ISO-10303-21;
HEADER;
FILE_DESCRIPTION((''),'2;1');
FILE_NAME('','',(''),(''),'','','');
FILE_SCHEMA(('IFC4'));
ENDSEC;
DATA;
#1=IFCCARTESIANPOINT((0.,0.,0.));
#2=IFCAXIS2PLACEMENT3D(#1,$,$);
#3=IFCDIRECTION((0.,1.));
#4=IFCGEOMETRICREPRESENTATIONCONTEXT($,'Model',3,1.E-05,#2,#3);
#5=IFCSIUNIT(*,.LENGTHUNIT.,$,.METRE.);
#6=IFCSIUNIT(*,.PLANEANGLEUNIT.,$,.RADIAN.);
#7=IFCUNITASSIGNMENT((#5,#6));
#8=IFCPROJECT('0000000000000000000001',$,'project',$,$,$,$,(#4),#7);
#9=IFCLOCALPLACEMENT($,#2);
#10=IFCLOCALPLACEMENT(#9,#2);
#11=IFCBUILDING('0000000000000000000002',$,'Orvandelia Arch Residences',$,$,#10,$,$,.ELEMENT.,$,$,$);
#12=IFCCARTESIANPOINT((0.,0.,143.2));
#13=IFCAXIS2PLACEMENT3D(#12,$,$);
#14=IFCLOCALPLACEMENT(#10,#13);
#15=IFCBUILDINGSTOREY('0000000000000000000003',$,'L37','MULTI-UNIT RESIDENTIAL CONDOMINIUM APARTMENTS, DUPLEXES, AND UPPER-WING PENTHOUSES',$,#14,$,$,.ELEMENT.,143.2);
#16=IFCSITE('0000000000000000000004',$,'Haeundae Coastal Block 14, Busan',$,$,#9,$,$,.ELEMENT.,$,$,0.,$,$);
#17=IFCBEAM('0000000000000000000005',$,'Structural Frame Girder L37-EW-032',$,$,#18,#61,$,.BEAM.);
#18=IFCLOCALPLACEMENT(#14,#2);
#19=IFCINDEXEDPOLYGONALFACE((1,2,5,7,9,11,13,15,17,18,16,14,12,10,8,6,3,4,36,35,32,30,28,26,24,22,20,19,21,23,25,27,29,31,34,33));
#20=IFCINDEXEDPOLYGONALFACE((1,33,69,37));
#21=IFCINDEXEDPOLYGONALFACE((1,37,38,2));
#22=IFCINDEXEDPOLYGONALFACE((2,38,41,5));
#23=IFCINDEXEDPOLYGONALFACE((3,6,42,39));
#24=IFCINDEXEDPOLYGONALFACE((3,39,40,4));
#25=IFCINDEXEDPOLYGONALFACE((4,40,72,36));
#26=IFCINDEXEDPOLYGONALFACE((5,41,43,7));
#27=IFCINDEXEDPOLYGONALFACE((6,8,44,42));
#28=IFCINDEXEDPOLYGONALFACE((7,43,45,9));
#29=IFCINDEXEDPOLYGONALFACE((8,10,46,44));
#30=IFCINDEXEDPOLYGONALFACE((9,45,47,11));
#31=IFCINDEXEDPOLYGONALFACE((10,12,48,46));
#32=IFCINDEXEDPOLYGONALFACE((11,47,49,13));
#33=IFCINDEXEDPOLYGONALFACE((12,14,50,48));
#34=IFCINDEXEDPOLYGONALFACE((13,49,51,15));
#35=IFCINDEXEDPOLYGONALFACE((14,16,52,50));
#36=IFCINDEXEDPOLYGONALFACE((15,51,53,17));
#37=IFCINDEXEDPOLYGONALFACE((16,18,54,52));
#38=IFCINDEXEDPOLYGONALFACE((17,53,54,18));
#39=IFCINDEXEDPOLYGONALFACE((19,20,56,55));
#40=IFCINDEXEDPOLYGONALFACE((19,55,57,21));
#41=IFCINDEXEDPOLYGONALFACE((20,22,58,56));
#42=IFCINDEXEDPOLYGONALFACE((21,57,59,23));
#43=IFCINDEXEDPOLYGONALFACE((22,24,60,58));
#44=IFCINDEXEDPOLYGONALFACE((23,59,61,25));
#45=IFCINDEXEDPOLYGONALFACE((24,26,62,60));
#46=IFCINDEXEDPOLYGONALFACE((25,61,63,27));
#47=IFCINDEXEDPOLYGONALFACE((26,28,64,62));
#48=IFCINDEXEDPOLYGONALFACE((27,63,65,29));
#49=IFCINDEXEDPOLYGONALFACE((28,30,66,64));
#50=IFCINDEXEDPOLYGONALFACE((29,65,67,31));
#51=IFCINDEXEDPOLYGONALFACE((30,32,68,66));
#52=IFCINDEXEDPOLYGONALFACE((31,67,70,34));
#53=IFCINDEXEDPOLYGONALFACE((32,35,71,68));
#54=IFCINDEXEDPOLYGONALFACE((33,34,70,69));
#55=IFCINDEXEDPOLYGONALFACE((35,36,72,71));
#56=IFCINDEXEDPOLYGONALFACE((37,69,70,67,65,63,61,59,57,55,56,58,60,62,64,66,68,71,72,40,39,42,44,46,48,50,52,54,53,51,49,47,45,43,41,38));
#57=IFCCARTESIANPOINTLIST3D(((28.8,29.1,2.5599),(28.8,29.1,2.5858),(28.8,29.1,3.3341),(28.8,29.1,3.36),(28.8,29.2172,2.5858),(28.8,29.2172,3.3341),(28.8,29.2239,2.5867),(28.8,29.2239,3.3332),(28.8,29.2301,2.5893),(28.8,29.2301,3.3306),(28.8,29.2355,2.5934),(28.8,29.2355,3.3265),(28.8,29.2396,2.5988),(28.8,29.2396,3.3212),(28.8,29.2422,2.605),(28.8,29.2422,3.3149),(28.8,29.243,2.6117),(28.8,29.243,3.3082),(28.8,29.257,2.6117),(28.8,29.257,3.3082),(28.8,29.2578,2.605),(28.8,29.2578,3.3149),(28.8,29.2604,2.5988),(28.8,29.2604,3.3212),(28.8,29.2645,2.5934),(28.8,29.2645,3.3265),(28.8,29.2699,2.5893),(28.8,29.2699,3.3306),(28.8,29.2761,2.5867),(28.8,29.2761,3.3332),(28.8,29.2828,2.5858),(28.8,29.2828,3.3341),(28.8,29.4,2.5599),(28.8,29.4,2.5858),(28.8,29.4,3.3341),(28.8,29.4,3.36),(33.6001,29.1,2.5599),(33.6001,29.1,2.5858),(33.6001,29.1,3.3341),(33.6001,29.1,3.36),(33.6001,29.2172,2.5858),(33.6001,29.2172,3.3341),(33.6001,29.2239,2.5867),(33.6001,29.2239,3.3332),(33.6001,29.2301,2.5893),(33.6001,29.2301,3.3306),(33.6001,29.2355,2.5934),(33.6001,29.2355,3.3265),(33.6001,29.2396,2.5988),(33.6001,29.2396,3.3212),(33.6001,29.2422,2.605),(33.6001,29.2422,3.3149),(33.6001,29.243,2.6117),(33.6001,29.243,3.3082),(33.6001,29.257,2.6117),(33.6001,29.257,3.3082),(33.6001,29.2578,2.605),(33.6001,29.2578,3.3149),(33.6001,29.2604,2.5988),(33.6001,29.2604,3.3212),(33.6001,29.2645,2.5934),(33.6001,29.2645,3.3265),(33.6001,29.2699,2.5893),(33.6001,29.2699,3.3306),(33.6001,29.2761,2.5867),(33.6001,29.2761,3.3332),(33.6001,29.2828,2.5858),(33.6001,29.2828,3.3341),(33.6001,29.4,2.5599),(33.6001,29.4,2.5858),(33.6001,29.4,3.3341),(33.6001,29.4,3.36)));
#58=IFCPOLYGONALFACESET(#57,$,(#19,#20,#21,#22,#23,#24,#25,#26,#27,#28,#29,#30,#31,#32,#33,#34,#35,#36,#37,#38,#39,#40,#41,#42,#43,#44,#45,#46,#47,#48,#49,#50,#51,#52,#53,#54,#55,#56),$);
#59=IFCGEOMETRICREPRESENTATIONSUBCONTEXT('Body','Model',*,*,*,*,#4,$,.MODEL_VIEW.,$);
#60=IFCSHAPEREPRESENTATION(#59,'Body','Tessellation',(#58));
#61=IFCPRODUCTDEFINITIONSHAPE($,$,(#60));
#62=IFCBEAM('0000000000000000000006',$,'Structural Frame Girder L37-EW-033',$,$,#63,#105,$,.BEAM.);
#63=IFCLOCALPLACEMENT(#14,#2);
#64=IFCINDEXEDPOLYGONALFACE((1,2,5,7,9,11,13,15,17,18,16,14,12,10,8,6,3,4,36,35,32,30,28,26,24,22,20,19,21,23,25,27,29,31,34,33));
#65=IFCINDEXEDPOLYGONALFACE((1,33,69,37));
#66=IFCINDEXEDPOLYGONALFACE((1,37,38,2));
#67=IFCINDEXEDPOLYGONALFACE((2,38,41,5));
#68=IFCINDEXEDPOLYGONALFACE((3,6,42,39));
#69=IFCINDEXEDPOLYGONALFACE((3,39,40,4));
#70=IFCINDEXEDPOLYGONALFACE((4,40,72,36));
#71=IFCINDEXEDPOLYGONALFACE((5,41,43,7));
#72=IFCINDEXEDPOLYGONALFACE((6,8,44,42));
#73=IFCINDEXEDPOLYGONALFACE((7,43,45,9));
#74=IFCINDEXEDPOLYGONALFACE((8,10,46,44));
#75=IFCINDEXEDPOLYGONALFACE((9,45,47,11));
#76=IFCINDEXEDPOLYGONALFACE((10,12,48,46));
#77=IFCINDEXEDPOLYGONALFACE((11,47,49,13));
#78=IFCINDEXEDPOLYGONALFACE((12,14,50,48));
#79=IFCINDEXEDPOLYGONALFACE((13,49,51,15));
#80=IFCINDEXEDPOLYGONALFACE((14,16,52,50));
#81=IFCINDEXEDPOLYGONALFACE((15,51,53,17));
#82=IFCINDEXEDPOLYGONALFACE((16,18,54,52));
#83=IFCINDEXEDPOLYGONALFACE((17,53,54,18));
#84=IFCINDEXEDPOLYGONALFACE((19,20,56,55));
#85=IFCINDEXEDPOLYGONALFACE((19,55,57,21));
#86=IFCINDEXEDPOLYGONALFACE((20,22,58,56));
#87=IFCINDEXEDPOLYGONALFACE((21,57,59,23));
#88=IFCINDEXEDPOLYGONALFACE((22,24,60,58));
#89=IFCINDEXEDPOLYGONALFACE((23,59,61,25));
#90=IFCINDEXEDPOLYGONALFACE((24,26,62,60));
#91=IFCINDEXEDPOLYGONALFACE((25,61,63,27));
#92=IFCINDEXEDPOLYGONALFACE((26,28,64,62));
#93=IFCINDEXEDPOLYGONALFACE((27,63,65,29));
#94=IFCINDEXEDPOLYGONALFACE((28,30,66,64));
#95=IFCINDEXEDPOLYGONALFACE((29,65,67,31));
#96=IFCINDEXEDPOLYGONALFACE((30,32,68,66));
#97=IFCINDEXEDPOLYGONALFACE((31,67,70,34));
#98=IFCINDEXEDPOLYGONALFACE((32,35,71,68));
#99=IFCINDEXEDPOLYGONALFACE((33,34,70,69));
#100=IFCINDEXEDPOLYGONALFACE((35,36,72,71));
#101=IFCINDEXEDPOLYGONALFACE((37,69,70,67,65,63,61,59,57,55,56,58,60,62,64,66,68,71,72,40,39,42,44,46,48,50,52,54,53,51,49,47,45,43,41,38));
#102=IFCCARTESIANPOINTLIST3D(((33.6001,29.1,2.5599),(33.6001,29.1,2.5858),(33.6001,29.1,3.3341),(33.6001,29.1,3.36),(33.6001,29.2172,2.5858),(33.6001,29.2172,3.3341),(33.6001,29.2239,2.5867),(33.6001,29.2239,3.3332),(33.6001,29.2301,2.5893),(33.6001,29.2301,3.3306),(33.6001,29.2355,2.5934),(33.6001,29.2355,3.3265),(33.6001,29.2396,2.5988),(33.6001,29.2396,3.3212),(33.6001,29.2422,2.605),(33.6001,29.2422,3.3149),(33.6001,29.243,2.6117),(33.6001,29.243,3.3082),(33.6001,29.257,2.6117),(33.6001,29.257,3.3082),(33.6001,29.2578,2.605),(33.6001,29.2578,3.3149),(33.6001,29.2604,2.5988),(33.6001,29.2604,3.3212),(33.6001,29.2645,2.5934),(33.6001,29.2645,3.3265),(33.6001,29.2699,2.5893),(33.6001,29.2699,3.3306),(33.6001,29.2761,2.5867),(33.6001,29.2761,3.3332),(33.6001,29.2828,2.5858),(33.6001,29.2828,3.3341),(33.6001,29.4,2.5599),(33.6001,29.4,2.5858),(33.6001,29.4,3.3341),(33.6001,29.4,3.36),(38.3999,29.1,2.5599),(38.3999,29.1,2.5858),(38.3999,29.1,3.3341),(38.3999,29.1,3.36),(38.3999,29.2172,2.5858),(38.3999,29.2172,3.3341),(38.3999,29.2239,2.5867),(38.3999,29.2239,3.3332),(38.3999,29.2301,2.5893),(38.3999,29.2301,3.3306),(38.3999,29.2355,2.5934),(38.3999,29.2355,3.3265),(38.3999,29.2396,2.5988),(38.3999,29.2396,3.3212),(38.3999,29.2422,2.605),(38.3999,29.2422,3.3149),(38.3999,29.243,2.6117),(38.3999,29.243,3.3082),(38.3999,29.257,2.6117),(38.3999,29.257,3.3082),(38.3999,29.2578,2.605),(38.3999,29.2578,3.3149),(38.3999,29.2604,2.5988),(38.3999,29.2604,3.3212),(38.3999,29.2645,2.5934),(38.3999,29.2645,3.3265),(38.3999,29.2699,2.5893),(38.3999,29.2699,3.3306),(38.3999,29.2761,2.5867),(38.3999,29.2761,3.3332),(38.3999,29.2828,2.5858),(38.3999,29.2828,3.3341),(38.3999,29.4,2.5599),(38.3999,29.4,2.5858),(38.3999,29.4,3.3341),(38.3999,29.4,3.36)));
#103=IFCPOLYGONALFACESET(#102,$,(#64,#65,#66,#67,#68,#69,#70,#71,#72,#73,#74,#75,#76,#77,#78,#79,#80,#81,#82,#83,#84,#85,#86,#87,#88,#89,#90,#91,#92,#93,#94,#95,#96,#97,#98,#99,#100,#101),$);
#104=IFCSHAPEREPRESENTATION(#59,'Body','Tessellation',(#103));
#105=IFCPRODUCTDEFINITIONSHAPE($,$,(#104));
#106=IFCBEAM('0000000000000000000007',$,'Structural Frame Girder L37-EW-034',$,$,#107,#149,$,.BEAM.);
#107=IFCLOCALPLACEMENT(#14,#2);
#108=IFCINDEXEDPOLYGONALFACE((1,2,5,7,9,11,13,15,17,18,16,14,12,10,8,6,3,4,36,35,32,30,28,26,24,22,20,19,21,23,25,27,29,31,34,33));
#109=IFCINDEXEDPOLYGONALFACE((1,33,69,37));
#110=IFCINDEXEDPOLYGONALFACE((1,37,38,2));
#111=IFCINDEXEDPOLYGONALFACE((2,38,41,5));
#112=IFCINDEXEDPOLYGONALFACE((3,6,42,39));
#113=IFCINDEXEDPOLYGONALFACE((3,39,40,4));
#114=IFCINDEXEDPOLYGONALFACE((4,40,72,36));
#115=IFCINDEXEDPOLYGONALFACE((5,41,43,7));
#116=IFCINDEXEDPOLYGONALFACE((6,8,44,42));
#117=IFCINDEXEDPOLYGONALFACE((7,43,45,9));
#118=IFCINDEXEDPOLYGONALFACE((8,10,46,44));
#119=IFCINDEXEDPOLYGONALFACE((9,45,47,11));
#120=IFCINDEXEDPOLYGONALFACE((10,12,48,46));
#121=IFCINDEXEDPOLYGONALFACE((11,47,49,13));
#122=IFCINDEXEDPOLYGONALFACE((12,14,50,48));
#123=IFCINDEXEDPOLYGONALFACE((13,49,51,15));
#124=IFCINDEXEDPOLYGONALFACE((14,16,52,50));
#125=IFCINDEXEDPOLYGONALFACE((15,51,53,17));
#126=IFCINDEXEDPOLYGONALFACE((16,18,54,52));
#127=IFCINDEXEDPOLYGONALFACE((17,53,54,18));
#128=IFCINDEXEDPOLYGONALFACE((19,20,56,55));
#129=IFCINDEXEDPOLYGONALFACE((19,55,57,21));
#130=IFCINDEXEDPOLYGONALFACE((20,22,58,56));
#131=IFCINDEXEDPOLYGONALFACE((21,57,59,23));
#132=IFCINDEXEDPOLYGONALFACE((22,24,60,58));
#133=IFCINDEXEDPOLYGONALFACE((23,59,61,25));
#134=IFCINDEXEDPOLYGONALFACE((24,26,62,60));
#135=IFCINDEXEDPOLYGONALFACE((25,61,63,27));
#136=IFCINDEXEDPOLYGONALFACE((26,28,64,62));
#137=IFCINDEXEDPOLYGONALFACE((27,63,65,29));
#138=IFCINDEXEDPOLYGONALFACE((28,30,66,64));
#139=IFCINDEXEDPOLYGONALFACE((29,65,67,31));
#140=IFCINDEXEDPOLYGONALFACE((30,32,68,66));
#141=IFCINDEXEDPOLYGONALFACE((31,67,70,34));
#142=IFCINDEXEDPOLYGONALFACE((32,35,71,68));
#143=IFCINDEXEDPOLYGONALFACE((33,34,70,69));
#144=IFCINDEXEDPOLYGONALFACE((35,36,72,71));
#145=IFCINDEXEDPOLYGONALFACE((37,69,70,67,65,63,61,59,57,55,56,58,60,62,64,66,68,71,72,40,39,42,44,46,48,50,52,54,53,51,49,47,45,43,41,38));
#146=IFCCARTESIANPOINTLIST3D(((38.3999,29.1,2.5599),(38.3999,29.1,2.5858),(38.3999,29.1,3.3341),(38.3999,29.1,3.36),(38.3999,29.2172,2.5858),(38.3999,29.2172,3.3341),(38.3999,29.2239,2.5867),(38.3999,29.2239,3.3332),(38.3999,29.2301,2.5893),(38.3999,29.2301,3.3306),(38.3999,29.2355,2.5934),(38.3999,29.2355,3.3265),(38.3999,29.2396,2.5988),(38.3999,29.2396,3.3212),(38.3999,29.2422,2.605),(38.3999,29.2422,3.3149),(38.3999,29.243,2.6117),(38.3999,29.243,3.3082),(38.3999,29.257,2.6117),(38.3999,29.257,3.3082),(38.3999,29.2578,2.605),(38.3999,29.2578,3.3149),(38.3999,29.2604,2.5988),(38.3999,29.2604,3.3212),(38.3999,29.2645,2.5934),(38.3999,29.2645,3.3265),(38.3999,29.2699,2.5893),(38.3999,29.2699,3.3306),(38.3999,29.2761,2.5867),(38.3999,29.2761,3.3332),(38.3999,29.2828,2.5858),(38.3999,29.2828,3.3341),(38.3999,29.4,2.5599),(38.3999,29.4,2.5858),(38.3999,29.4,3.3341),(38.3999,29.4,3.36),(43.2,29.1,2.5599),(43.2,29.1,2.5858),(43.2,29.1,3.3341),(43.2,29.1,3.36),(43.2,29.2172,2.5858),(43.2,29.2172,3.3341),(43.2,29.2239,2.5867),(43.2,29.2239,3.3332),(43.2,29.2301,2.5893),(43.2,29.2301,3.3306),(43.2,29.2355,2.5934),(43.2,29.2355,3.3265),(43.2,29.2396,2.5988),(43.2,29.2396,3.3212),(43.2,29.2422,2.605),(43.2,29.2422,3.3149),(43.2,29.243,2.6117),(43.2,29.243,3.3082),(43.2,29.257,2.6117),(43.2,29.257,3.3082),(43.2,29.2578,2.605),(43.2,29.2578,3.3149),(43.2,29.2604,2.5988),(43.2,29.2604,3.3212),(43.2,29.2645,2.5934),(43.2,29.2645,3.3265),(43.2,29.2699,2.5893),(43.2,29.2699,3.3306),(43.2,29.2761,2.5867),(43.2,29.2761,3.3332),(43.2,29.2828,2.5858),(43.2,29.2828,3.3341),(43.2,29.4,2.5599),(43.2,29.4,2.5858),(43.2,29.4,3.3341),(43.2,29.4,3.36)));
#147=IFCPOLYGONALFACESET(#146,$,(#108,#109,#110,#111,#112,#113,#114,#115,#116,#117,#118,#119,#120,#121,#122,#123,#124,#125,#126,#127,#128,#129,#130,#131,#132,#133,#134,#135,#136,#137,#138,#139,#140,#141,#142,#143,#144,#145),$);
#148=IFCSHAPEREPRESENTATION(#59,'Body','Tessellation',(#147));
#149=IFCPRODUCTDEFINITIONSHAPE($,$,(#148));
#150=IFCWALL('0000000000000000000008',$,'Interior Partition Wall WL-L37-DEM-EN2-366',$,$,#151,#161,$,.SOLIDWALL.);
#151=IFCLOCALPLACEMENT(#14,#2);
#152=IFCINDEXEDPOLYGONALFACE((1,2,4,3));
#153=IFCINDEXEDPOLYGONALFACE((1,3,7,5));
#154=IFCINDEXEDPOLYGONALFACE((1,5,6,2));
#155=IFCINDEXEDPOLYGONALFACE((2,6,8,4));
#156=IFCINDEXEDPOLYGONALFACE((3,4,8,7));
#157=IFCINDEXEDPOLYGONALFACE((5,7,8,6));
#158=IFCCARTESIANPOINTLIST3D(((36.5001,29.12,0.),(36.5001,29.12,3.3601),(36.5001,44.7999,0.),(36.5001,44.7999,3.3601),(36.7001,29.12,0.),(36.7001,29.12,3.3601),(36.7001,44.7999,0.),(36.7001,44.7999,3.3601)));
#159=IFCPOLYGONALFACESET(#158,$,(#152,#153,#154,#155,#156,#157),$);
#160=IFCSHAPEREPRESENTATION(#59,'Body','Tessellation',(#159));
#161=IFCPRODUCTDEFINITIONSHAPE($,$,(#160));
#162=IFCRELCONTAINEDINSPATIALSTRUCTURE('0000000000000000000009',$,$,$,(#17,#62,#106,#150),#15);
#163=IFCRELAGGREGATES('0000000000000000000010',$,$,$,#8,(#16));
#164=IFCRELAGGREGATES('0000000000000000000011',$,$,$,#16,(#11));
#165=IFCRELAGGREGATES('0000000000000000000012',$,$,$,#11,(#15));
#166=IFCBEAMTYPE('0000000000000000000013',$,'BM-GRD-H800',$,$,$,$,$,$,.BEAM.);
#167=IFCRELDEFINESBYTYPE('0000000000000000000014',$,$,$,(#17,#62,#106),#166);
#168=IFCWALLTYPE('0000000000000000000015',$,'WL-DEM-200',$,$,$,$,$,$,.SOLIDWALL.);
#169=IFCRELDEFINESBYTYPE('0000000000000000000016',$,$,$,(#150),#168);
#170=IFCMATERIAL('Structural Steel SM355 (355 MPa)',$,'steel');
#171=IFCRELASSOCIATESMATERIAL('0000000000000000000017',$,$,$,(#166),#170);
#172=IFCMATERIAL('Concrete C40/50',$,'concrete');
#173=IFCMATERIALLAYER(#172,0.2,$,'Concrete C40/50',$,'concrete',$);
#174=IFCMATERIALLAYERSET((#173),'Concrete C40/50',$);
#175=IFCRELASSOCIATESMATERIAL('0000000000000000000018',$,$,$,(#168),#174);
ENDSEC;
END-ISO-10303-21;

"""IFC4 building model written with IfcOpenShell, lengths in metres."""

from ifc_helpers import new_model, si_unit, direction, frame, frame_2d, origin, origin_2d, place, context, subcontext, project, spatial, rectangle, i_section, extrude, material, layer, layer_set, material_profile, profile_set, type_object, element, save


model = new_model("IFC4")

# Units and contexts
model_context = context("Model", 3, precision=1e-05, world=origin(), true_north=direction((0.0, 1.0)))
body_context = subcontext(model_context, "Body", "Model", "MODEL_VIEW")
ifc_project = project(units=[si_unit("LENGTHUNIT", "METRE"), si_unit("PLANEANGLEUNIT", "RADIAN")], contexts=[model_context])

# Site, building, storey
site_placement = place(None, origin())
site = spatial("IfcSite", under=ifc_project, at=site_placement, Name="Haeundae Coastal Block 14, Busan", CompositionType="ELEMENT", RefElevation=0.0)
building_placement = place(site_placement, origin())
building = spatial("IfcBuilding", under=site, at=building_placement, Name="Orvandelia Arch Residences", CompositionType="ELEMENT")
storey_placement = place(building_placement, frame((0.0, 0.0, 143.2)))
storey = spatial("IfcBuildingStorey", under=building, at=storey_placement, Name="L37", Description="MULTI-UNIT RESIDENTIAL CONDOMINIUM APARTMENTS, DUPLEXES, AND UPPER-WING PENTHOUSES", CompositionType="ELEMENT", Elevation=143.2)

# Beams
ifc_material_1 = material(Name="Structural Steel SM355 (355 MPa)", Category="steel")
ifc_material_profile_1 = material_profile(ifc_material_1, i_section(OverallWidth=0.3, OverallDepth=0.8, WebThickness=0.0139, FlangeThickness=0.0259, FilletRadius=0.0259, at=origin_2d()), Name="Structural Steel SM355 (355 MPa)", Category="steel")
ifc_profile_set_1 = profile_set([ifc_material_profile_1], Name="Structural Steel SM355 (355 MPa)")
beam_type = type_object("IfcBeamType", Name="BM-GRD-H800", PredefinedType="BEAM", material=ifc_profile_set_1)
beam_1_placement = place(storey_placement, frame((28.8, 29.25, 2.96), z_axis=(1.0, 0.0, 0.0), x_axis=(0.0, 1.0, 0.0)))
element("IfcBeam", 1, at=beam_1_placement, inside=storey, type_object=beam_type, Name="Structural Frame Girder L37-EW-032", PredefinedType="BEAM", context=body_context, shape_type="SweptSolid", body=[
    extrude(i_section(OverallWidth=0.3, OverallDepth=0.8, WebThickness=0.0139, FlangeThickness=0.0259, FilletRadius=0.0259, at=origin_2d()), origin(), (0.0, 0.0, 1.0), 4.8),
])
beam_2_placement = place(storey_placement, frame((33.6001, 29.25, 2.96), z_axis=(1.0, 0.0, 0.0), x_axis=(0.0, 1.0, 0.0)))
element("IfcBeam", 2, at=beam_2_placement, inside=storey, type_object=beam_type, Name="Structural Frame Girder L37-EW-033", PredefinedType="BEAM", context=body_context, shape_type="SweptSolid", body=[
    extrude(i_section(OverallWidth=0.3, OverallDepth=0.8, WebThickness=0.0139, FlangeThickness=0.0259, FilletRadius=0.0259, at=origin_2d()), origin(), (0.0, 0.0, 1.0), 4.7998),
])
beam_3_placement = place(storey_placement, frame((38.3999, 29.25, 2.96), z_axis=(1.0, 0.0, 0.0), x_axis=(0.0, 1.0, 0.0)))
element("IfcBeam", 3, at=beam_3_placement, inside=storey, type_object=beam_type, Name="Structural Frame Girder L37-EW-034", PredefinedType="BEAM", context=body_context, shape_type="SweptSolid", body=[
    extrude(i_section(OverallWidth=0.3, OverallDepth=0.8, WebThickness=0.0139, FlangeThickness=0.0259, FilletRadius=0.0259, at=origin_2d()), origin(), (0.0, 0.0, 1.0), 4.8),
])

# Wall
ifc_material_2 = material(Name="Concrete C40/50", Category="concrete")
ifc_layer_1 = layer(ifc_material_2, 0.2, Name="Concrete C40/50", Category="concrete")
ifc_layer_set_1 = layer_set([ifc_layer_1], Name="Concrete C40/50")
wall_type_1 = type_object("IfcWallType", Name="WL-DEM-200", PredefinedType="SOLIDWALL", material=ifc_layer_set_1)
wall_1_placement = place(storey_placement, frame((36.6001, 29.1201, 0.0), z_axis=(0.0, 0.0, 1.0), x_axis=(0.0, 1.0, 0.0)))
element("IfcWall", 4, at=wall_1_placement, inside=storey, type_object=wall_type_1, Name="Interior Partition Wall WL-L37-DEM-EN2-366", PredefinedType="SOLIDWALL", context=body_context, shape_type="SweptSolid", body=[
    extrude(rectangle(XDim=15.6799, YDim=0.2, at=frame_2d((7.8398, 0.0))), origin(), (0.0, 0.0, 1.0), 3.3601),
])

save(model, "model.ifc")
